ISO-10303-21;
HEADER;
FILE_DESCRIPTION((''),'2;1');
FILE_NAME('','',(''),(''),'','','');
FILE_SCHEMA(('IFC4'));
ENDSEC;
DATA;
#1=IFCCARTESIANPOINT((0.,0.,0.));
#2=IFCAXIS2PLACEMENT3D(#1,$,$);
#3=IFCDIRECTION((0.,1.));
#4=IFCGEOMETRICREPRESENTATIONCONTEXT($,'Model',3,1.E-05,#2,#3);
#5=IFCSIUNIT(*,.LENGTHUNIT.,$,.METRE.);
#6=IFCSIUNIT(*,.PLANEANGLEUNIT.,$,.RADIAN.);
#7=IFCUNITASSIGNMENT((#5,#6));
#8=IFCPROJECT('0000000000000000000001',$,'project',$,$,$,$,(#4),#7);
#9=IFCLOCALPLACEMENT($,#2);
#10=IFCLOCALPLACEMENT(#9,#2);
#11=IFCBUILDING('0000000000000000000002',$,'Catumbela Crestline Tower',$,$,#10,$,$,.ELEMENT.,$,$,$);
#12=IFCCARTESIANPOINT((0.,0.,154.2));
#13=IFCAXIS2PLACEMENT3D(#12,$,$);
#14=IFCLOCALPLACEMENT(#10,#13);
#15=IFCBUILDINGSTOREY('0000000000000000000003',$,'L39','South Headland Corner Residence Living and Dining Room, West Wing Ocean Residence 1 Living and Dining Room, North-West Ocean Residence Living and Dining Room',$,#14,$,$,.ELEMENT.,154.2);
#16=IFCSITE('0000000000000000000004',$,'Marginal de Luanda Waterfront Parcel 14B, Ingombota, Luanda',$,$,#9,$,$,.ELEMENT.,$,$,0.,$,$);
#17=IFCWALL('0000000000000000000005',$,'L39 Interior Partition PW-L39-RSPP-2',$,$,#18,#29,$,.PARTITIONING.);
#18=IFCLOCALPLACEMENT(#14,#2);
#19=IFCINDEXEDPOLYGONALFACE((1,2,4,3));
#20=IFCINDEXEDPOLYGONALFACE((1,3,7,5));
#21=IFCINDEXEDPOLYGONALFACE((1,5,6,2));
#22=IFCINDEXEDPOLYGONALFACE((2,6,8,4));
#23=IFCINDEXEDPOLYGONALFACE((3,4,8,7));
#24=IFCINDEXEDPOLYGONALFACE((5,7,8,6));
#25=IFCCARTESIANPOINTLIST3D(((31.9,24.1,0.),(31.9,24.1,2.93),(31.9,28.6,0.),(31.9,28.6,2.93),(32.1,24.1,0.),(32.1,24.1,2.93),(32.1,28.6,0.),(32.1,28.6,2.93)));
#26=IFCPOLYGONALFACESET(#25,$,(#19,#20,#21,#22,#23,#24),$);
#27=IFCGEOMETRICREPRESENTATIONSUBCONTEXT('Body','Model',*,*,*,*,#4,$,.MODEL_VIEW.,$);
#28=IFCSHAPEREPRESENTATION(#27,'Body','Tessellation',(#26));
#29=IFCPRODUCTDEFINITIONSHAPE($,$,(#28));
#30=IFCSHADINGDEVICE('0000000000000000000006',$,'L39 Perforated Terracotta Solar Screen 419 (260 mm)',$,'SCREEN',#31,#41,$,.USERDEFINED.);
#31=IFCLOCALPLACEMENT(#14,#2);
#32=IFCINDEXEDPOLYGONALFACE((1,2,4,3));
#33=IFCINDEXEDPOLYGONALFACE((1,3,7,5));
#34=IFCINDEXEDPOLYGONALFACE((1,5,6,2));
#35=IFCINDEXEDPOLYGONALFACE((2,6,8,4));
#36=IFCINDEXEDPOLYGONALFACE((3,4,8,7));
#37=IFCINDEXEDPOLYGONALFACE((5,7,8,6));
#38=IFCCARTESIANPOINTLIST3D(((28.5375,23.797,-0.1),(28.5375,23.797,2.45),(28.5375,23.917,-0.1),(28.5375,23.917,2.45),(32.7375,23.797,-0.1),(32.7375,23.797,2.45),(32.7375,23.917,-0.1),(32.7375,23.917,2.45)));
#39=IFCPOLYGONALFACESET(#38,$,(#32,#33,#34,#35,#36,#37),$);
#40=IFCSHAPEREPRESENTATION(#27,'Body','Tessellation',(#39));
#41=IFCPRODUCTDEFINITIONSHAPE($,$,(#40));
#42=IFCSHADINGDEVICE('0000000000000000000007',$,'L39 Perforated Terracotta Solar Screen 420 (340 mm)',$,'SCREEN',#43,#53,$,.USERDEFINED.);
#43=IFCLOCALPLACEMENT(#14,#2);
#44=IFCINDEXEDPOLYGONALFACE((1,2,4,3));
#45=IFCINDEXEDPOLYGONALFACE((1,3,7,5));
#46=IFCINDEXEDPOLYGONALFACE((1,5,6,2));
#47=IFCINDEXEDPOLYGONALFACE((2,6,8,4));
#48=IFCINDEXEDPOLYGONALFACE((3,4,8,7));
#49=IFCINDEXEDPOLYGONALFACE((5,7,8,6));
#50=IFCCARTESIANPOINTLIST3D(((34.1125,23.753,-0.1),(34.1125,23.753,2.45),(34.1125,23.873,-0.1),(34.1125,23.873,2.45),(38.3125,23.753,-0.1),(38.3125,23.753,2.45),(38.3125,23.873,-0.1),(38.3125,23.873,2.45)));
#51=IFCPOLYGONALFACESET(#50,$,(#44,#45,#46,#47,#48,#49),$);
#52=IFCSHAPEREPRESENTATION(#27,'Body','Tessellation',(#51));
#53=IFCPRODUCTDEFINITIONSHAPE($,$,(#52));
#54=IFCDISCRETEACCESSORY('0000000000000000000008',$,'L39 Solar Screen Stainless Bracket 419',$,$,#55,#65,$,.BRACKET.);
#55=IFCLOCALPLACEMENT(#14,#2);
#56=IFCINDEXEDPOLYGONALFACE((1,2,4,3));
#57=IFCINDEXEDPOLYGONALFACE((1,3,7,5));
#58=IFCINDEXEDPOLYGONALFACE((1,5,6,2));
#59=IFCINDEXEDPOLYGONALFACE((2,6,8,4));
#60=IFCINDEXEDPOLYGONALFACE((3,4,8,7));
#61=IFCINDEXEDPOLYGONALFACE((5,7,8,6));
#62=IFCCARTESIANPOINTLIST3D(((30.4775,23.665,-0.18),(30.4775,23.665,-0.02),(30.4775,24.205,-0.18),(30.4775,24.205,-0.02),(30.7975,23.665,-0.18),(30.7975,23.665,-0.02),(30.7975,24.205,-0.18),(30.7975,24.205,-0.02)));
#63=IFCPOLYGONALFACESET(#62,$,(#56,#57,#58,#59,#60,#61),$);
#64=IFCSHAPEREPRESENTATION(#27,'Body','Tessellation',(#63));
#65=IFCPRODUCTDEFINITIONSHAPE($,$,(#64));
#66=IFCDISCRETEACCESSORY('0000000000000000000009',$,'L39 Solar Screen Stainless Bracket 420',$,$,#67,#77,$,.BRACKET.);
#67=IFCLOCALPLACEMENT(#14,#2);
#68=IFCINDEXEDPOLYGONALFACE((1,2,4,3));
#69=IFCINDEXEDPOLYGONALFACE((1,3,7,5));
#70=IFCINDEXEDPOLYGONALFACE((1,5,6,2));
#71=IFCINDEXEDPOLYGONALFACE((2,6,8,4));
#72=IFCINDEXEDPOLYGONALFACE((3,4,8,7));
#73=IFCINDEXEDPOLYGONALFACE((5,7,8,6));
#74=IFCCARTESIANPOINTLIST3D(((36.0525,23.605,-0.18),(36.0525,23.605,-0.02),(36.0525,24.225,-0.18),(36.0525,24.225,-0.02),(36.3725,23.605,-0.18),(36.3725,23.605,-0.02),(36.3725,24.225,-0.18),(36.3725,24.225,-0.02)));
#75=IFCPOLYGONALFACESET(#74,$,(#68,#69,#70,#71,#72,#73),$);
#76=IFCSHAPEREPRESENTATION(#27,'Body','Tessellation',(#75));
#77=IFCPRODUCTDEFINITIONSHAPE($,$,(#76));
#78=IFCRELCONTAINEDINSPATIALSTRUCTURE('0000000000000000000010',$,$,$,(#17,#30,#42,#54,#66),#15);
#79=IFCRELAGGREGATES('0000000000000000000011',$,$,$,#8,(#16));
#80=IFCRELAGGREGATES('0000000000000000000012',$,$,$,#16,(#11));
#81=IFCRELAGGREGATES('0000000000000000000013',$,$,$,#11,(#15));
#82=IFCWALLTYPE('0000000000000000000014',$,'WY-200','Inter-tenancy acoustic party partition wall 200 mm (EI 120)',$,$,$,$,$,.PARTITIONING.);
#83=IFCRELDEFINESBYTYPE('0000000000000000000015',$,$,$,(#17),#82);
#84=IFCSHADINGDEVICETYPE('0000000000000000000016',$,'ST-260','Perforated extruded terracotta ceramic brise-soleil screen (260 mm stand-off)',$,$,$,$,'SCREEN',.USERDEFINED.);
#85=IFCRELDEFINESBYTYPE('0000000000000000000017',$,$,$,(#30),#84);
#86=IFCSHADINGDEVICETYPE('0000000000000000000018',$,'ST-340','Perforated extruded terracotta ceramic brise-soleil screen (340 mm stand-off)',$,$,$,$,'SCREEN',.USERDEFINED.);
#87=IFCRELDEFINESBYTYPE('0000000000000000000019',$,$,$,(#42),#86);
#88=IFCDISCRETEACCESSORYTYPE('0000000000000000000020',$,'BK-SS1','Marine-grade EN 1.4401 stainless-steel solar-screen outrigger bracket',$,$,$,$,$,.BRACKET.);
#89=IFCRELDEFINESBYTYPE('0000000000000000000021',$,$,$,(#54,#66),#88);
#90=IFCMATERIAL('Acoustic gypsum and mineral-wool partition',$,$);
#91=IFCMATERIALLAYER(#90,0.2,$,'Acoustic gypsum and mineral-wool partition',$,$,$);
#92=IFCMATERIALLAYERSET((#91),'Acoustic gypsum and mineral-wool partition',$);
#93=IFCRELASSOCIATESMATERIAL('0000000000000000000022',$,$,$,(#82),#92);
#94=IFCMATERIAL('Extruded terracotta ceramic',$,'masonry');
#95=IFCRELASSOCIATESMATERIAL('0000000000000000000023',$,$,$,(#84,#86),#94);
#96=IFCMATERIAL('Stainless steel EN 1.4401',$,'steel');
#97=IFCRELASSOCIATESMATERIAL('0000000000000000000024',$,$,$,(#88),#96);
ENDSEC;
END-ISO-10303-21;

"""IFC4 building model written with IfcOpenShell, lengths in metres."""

from ifc_helpers import new_model, si_unit, direction, frame, frame_2d, origin, origin_2d, place, context, subcontext, project, spatial, rectangle, extrude, material, layer, layer_set, type_object, element, save


model = new_model("IFC4")

# Units and contexts
model_context = context("Model", 3, precision=1e-05, world=origin(), true_north=direction((0.0, 1.0)))
body_context = subcontext(model_context, "Body", "Model", "MODEL_VIEW")
ifc_project = project(units=[si_unit("LENGTHUNIT", "METRE"), si_unit("PLANEANGLEUNIT", "RADIAN")], contexts=[model_context])

# Site, building, storey
site_placement = place(None, origin())
site = spatial("IfcSite", under=ifc_project, at=site_placement, Name="Marginal de Luanda Waterfront Parcel 14B, Ingombota, Luanda", CompositionType="ELEMENT", RefElevation=0.0)
building_placement = place(site_placement, origin())
building = spatial("IfcBuilding", under=site, at=building_placement, Name="Catumbela Crestline Tower", CompositionType="ELEMENT")
storey_placement = place(building_placement, frame((0.0, 0.0, 154.2)))
storey = spatial("IfcBuildingStorey", under=building, at=storey_placement, Name="L39", Description="South Headland Corner Residence Living and Dining Room, West Wing Ocean Residence 1 Living and Dining Room, North-West Ocean Residence Living and Dining Room", CompositionType="ELEMENT", Elevation=154.2)

# Shared definitions
ifc_material_1 = material(Name="Acoustic gypsum and mineral-wool partition")

# Wall
ifc_layer_1 = layer(ifc_material_1, 0.2, Name="Acoustic gypsum and mineral-wool partition")
ifc_layer_set_1 = layer_set([ifc_layer_1], Name="Acoustic gypsum and mineral-wool partition")
wall_type_1 = type_object("IfcWallType", Name="WY-200", Description="Inter-tenancy acoustic party partition wall 200 mm (EI 120)", PredefinedType="PARTITIONING", material=ifc_layer_set_1)
wall_1_placement = place(storey_placement, frame((32.0, 24.1, 0.0), z_axis=(0.0, 0.0, 1.0), x_axis=(0.0, 1.0, 0.0)))
element("IfcWall", 1, at=wall_1_placement, inside=storey, type_object=wall_type_1, Name="L39 Interior Partition PW-L39-RSPP-2", PredefinedType="PARTITIONING", context=body_context, shape_type="SweptSolid", body=[
    extrude(rectangle(XDim=4.5, YDim=0.2, at=frame_2d((2.25, 0.0))), origin(), (0.0, 0.0, 1.0), 2.93),
])

# Shading devices
ifc_material_2 = material(Name="Extruded terracotta ceramic", Category="masonry")
shading_device_type_1 = type_object("IfcShadingDeviceType", Name="ST-260", Description="Perforated extruded terracotta ceramic brise-soleil screen (260 mm stand-off)", ElementType="SCREEN", PredefinedType="USERDEFINED", material=ifc_material_2)
shading_device_1_placement = place(storey_placement, frame((30.6375, 23.857, -0.1), z_axis=(0.0, 0.0, 1.0), x_axis=(1.0, 0.0, 0.0)))
element("IfcShadingDevice", 2, at=shading_device_1_placement, inside=storey, type_object=shading_device_type_1, Name="L39 Perforated Terracotta Solar Screen 419 (260 mm)", ObjectType="SCREEN", PredefinedType="USERDEFINED", context=body_context, shape_type="SweptSolid", body=[
    extrude(rectangle(XDim=4.2, YDim=0.12, at=origin_2d()), origin(), (0.0, 0.0, 1.0), 2.55),
])
shading_device_type_2 = type_object("IfcShadingDeviceType", Name="ST-340", Description="Perforated extruded terracotta ceramic brise-soleil screen (340 mm stand-off)", ElementType="SCREEN", PredefinedType="USERDEFINED", material=ifc_material_2)
shading_device_2_placement = place(storey_placement, frame((36.2125, 23.813, -0.1), z_axis=(0.0, 0.0, 1.0), x_axis=(1.0, 0.0, 0.0)))
element("IfcShadingDevice", 3, at=shading_device_2_placement, inside=storey, type_object=shading_device_type_2, Name="L39 Perforated Terracotta Solar Screen 420 (340 mm)", ObjectType="SCREEN", PredefinedType="USERDEFINED", context=body_context, shape_type="SweptSolid", body=[
    extrude(rectangle(XDim=4.2, YDim=0.12, at=origin_2d()), origin(), (0.0, 0.0, 1.0), 2.55),
])

# Discrete accessories
ifc_material_3 = material(Name="Stainless steel EN 1.4401", Category="steel")
discrete_accessory_type = type_object("IfcDiscreteAccessoryType", Name="BK-SS1", Description="Marine-grade EN 1.4401 stainless-steel solar-screen outrigger bracket", PredefinedType="BRACKET", material=ifc_material_3)
discrete_accessory_1_placement = place(storey_placement, frame((30.6375, 23.935, -0.18), z_axis=(0.0, 0.0, 1.0), x_axis=(1.0, 0.0, 0.0)))
element("IfcDiscreteAccessory", 4, at=discrete_accessory_1_placement, inside=storey, type_object=discrete_accessory_type, Name="L39 Solar Screen Stainless Bracket 419", PredefinedType="BRACKET", context=body_context, shape_type="SweptSolid", body=[
    extrude(rectangle(XDim=0.32, YDim=0.54, at=origin_2d()), origin(), (0.0, 0.0, 1.0), 0.16),
])
discrete_accessory_2_placement = place(storey_placement, frame((36.2125, 23.915, -0.18), z_axis=(0.0, 0.0, 1.0), x_axis=(1.0, 0.0, 0.0)))
element("IfcDiscreteAccessory", 5, at=discrete_accessory_2_placement, inside=storey, type_object=discrete_accessory_type, Name="L39 Solar Screen Stainless Bracket 420", PredefinedType="BRACKET", context=body_context, shape_type="SweptSolid", body=[
    extrude(rectangle(XDim=0.32, YDim=0.62, at=origin_2d()), origin(), (0.0, 0.0, 1.0), 0.16),
])

save(model, "model.ifc")
